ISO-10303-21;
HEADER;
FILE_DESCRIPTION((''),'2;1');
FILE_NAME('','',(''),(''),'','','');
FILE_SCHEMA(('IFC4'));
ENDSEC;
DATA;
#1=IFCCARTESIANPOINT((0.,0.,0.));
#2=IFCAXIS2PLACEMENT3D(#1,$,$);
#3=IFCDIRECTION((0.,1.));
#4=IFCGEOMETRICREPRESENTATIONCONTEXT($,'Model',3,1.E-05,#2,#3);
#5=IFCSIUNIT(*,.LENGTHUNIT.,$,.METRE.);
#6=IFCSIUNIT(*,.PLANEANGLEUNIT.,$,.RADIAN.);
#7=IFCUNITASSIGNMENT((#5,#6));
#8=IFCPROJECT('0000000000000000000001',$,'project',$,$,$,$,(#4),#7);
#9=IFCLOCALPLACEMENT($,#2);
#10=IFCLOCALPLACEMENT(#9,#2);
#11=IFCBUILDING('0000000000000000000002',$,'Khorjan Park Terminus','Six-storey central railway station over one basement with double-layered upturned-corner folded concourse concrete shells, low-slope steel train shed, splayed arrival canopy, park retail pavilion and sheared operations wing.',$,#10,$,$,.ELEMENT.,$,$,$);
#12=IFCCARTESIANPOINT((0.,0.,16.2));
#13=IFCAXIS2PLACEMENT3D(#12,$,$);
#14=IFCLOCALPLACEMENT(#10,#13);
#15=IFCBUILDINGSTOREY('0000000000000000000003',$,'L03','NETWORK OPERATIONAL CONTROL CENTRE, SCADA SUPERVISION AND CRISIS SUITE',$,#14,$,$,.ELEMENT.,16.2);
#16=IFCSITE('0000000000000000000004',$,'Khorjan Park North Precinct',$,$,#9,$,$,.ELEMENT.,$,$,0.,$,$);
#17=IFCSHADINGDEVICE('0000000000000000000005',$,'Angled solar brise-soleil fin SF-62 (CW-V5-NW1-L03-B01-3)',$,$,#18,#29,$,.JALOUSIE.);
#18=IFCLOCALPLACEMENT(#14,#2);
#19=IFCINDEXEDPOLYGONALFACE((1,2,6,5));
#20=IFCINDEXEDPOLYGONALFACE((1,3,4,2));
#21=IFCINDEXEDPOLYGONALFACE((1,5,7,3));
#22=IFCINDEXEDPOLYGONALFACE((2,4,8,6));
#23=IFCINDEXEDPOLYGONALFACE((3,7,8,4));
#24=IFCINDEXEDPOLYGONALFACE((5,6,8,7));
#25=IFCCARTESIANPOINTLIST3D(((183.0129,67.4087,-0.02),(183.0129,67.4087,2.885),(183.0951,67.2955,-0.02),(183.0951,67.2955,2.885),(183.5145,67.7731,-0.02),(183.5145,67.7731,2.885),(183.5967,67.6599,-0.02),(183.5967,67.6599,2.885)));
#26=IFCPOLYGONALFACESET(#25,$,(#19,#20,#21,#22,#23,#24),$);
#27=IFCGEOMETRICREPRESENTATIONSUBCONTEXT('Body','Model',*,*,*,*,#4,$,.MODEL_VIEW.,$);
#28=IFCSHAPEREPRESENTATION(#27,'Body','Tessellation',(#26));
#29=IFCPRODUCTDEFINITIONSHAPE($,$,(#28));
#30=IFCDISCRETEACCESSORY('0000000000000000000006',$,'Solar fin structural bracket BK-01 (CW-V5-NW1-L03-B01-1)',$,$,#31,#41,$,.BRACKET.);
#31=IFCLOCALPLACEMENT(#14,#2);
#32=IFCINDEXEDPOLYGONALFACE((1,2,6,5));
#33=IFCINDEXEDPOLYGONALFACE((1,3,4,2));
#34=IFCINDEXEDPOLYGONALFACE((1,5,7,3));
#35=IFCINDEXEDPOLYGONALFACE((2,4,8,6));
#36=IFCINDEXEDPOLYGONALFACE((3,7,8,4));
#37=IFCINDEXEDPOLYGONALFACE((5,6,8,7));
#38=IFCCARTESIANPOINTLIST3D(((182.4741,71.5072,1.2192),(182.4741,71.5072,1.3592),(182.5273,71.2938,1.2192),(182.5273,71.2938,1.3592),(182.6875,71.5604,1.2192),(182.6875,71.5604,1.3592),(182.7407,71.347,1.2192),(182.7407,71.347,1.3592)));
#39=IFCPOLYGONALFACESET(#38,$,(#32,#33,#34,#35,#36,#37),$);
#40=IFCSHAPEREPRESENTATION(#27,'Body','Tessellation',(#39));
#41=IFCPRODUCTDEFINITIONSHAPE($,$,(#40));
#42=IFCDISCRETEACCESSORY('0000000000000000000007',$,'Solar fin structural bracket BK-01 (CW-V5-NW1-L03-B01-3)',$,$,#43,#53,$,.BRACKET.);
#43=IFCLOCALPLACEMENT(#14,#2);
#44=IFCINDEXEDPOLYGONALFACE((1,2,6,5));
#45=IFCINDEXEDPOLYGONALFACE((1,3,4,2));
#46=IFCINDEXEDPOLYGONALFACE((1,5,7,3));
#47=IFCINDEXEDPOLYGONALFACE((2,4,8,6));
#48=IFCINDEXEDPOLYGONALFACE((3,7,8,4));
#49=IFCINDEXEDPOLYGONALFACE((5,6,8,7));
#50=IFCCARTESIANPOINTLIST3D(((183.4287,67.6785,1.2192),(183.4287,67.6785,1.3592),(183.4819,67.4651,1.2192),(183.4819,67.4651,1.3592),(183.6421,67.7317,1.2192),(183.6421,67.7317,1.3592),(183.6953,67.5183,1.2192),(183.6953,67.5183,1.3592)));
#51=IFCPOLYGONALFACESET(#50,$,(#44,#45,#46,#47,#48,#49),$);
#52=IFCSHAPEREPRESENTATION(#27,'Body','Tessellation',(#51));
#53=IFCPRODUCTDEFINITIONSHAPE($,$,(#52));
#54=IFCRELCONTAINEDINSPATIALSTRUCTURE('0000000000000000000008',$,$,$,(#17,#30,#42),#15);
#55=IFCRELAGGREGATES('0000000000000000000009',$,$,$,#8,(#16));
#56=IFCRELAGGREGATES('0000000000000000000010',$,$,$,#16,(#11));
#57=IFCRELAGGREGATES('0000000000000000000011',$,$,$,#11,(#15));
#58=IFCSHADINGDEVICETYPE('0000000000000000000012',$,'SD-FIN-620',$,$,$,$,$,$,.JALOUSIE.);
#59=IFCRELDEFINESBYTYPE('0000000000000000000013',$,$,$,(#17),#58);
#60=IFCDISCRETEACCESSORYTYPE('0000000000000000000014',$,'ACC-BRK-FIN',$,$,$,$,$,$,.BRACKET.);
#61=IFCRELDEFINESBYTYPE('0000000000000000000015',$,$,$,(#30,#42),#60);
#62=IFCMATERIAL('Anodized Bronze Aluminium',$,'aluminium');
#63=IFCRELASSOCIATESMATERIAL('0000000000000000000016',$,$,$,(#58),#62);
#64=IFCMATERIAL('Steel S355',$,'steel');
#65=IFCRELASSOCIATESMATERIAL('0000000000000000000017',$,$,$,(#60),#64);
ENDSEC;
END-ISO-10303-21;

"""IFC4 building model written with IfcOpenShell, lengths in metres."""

from ifc_helpers import new_model, si_unit, direction, frame, origin, origin_2d, place, context, subcontext, project, spatial, rectangle, extrude, material, type_object, element, save


model = new_model("IFC4")

# Units and contexts
model_context = context("Model", 3, precision=1e-05, world=origin(), true_north=direction((0.0, 1.0)))
body_context = subcontext(model_context, "Body", "Model", "MODEL_VIEW")
ifc_project = project(units=[si_unit("LENGTHUNIT", "METRE"), si_unit("PLANEANGLEUNIT", "RADIAN")], contexts=[model_context])

# Site, building, storey
site_placement = place(None, origin())
site = spatial("IfcSite", under=ifc_project, at=site_placement, Name="Khorjan Park North Precinct", CompositionType="ELEMENT", RefElevation=0.0)
building_placement = place(site_placement, origin())
building = spatial("IfcBuilding", under=site, at=building_placement, Name="Khorjan Park Terminus", Description="Six-storey central railway station over one basement with double-layered upturned-corner folded concourse concrete shells, low-slope steel train shed, splayed arrival canopy, park retail pavilion and sheared operations wing.", CompositionType="ELEMENT")
storey_placement = place(building_placement, frame((0.0, 0.0, 16.2)))
storey = spatial("IfcBuildingStorey", under=building, at=storey_placement, Name="L03", Description="NETWORK OPERATIONAL CONTROL CENTRE, SCADA SUPERVISION AND CRISIS SUITE", CompositionType="ELEMENT", Elevation=16.2)

# Shared definitions
ifc_material_1 = material(Name="Steel S355", Category="steel")

# Shared definitions
ifc_material_2 = material(Name="Anodized Bronze Aluminium", Category="aluminium")

# Shading device
shading_device_type = type_object("IfcShadingDeviceType", Name="SD-FIN-620", PredefinedType="JALOUSIE", material=ifc_material_2)
shading_device_placement = place(storey_placement, frame((183.3048, 67.5343, -0.02), z_axis=(0.0, 0.0, 1.0), x_axis=(0.809017, 0.587785, 0.0)))
element("IfcShadingDevice", 1, at=shading_device_placement, inside=storey, type_object=shading_device_type, Name="Angled solar brise-soleil fin SF-62 (CW-V5-NW1-L03-B01-3)", PredefinedType="JALOUSIE", context=body_context, shape_type="SweptSolid", body=[
    extrude(rectangle(XDim=0.62, YDim=0.14, at=origin_2d()), origin(), (0.0, 0.0, 1.0), 2.905),
])

# Discrete accessories
discrete_accessory_type = type_object("IfcDiscreteAccessoryType", Name="ACC-BRK-FIN", PredefinedType="BRACKET", material=ifc_material_1)
for number, where, z_axis, x_axis, name in (
    (2, (182.6074, 71.4271, 1.2192), (0.0, 0.0, 1.0), (0.241923, -0.970296, 0.0), "Solar fin structural bracket BK-01 (CW-V5-NW1-L03-B01-1)"),
    (3, (183.562, 67.5984, 1.2192), (0.0, 0.0, 1.0), (0.241923, -0.970296, 0.0), "Solar fin structural bracket BK-01 (CW-V5-NW1-L03-B01-3)"),
):
    element("IfcDiscreteAccessory", number, at=place(storey_placement, frame(where, z_axis=z_axis, x_axis=x_axis)), inside=storey, type_object=discrete_accessory_type, Name=name, PredefinedType="BRACKET", context=body_context, shape_type="SweptSolid", body=[
        extrude(rectangle(XDim=0.22, YDim=0.22, at=origin_2d()), origin(), (0.0, 0.0, 1.0), 0.14),
    ])

save(model, "model.ifc")
